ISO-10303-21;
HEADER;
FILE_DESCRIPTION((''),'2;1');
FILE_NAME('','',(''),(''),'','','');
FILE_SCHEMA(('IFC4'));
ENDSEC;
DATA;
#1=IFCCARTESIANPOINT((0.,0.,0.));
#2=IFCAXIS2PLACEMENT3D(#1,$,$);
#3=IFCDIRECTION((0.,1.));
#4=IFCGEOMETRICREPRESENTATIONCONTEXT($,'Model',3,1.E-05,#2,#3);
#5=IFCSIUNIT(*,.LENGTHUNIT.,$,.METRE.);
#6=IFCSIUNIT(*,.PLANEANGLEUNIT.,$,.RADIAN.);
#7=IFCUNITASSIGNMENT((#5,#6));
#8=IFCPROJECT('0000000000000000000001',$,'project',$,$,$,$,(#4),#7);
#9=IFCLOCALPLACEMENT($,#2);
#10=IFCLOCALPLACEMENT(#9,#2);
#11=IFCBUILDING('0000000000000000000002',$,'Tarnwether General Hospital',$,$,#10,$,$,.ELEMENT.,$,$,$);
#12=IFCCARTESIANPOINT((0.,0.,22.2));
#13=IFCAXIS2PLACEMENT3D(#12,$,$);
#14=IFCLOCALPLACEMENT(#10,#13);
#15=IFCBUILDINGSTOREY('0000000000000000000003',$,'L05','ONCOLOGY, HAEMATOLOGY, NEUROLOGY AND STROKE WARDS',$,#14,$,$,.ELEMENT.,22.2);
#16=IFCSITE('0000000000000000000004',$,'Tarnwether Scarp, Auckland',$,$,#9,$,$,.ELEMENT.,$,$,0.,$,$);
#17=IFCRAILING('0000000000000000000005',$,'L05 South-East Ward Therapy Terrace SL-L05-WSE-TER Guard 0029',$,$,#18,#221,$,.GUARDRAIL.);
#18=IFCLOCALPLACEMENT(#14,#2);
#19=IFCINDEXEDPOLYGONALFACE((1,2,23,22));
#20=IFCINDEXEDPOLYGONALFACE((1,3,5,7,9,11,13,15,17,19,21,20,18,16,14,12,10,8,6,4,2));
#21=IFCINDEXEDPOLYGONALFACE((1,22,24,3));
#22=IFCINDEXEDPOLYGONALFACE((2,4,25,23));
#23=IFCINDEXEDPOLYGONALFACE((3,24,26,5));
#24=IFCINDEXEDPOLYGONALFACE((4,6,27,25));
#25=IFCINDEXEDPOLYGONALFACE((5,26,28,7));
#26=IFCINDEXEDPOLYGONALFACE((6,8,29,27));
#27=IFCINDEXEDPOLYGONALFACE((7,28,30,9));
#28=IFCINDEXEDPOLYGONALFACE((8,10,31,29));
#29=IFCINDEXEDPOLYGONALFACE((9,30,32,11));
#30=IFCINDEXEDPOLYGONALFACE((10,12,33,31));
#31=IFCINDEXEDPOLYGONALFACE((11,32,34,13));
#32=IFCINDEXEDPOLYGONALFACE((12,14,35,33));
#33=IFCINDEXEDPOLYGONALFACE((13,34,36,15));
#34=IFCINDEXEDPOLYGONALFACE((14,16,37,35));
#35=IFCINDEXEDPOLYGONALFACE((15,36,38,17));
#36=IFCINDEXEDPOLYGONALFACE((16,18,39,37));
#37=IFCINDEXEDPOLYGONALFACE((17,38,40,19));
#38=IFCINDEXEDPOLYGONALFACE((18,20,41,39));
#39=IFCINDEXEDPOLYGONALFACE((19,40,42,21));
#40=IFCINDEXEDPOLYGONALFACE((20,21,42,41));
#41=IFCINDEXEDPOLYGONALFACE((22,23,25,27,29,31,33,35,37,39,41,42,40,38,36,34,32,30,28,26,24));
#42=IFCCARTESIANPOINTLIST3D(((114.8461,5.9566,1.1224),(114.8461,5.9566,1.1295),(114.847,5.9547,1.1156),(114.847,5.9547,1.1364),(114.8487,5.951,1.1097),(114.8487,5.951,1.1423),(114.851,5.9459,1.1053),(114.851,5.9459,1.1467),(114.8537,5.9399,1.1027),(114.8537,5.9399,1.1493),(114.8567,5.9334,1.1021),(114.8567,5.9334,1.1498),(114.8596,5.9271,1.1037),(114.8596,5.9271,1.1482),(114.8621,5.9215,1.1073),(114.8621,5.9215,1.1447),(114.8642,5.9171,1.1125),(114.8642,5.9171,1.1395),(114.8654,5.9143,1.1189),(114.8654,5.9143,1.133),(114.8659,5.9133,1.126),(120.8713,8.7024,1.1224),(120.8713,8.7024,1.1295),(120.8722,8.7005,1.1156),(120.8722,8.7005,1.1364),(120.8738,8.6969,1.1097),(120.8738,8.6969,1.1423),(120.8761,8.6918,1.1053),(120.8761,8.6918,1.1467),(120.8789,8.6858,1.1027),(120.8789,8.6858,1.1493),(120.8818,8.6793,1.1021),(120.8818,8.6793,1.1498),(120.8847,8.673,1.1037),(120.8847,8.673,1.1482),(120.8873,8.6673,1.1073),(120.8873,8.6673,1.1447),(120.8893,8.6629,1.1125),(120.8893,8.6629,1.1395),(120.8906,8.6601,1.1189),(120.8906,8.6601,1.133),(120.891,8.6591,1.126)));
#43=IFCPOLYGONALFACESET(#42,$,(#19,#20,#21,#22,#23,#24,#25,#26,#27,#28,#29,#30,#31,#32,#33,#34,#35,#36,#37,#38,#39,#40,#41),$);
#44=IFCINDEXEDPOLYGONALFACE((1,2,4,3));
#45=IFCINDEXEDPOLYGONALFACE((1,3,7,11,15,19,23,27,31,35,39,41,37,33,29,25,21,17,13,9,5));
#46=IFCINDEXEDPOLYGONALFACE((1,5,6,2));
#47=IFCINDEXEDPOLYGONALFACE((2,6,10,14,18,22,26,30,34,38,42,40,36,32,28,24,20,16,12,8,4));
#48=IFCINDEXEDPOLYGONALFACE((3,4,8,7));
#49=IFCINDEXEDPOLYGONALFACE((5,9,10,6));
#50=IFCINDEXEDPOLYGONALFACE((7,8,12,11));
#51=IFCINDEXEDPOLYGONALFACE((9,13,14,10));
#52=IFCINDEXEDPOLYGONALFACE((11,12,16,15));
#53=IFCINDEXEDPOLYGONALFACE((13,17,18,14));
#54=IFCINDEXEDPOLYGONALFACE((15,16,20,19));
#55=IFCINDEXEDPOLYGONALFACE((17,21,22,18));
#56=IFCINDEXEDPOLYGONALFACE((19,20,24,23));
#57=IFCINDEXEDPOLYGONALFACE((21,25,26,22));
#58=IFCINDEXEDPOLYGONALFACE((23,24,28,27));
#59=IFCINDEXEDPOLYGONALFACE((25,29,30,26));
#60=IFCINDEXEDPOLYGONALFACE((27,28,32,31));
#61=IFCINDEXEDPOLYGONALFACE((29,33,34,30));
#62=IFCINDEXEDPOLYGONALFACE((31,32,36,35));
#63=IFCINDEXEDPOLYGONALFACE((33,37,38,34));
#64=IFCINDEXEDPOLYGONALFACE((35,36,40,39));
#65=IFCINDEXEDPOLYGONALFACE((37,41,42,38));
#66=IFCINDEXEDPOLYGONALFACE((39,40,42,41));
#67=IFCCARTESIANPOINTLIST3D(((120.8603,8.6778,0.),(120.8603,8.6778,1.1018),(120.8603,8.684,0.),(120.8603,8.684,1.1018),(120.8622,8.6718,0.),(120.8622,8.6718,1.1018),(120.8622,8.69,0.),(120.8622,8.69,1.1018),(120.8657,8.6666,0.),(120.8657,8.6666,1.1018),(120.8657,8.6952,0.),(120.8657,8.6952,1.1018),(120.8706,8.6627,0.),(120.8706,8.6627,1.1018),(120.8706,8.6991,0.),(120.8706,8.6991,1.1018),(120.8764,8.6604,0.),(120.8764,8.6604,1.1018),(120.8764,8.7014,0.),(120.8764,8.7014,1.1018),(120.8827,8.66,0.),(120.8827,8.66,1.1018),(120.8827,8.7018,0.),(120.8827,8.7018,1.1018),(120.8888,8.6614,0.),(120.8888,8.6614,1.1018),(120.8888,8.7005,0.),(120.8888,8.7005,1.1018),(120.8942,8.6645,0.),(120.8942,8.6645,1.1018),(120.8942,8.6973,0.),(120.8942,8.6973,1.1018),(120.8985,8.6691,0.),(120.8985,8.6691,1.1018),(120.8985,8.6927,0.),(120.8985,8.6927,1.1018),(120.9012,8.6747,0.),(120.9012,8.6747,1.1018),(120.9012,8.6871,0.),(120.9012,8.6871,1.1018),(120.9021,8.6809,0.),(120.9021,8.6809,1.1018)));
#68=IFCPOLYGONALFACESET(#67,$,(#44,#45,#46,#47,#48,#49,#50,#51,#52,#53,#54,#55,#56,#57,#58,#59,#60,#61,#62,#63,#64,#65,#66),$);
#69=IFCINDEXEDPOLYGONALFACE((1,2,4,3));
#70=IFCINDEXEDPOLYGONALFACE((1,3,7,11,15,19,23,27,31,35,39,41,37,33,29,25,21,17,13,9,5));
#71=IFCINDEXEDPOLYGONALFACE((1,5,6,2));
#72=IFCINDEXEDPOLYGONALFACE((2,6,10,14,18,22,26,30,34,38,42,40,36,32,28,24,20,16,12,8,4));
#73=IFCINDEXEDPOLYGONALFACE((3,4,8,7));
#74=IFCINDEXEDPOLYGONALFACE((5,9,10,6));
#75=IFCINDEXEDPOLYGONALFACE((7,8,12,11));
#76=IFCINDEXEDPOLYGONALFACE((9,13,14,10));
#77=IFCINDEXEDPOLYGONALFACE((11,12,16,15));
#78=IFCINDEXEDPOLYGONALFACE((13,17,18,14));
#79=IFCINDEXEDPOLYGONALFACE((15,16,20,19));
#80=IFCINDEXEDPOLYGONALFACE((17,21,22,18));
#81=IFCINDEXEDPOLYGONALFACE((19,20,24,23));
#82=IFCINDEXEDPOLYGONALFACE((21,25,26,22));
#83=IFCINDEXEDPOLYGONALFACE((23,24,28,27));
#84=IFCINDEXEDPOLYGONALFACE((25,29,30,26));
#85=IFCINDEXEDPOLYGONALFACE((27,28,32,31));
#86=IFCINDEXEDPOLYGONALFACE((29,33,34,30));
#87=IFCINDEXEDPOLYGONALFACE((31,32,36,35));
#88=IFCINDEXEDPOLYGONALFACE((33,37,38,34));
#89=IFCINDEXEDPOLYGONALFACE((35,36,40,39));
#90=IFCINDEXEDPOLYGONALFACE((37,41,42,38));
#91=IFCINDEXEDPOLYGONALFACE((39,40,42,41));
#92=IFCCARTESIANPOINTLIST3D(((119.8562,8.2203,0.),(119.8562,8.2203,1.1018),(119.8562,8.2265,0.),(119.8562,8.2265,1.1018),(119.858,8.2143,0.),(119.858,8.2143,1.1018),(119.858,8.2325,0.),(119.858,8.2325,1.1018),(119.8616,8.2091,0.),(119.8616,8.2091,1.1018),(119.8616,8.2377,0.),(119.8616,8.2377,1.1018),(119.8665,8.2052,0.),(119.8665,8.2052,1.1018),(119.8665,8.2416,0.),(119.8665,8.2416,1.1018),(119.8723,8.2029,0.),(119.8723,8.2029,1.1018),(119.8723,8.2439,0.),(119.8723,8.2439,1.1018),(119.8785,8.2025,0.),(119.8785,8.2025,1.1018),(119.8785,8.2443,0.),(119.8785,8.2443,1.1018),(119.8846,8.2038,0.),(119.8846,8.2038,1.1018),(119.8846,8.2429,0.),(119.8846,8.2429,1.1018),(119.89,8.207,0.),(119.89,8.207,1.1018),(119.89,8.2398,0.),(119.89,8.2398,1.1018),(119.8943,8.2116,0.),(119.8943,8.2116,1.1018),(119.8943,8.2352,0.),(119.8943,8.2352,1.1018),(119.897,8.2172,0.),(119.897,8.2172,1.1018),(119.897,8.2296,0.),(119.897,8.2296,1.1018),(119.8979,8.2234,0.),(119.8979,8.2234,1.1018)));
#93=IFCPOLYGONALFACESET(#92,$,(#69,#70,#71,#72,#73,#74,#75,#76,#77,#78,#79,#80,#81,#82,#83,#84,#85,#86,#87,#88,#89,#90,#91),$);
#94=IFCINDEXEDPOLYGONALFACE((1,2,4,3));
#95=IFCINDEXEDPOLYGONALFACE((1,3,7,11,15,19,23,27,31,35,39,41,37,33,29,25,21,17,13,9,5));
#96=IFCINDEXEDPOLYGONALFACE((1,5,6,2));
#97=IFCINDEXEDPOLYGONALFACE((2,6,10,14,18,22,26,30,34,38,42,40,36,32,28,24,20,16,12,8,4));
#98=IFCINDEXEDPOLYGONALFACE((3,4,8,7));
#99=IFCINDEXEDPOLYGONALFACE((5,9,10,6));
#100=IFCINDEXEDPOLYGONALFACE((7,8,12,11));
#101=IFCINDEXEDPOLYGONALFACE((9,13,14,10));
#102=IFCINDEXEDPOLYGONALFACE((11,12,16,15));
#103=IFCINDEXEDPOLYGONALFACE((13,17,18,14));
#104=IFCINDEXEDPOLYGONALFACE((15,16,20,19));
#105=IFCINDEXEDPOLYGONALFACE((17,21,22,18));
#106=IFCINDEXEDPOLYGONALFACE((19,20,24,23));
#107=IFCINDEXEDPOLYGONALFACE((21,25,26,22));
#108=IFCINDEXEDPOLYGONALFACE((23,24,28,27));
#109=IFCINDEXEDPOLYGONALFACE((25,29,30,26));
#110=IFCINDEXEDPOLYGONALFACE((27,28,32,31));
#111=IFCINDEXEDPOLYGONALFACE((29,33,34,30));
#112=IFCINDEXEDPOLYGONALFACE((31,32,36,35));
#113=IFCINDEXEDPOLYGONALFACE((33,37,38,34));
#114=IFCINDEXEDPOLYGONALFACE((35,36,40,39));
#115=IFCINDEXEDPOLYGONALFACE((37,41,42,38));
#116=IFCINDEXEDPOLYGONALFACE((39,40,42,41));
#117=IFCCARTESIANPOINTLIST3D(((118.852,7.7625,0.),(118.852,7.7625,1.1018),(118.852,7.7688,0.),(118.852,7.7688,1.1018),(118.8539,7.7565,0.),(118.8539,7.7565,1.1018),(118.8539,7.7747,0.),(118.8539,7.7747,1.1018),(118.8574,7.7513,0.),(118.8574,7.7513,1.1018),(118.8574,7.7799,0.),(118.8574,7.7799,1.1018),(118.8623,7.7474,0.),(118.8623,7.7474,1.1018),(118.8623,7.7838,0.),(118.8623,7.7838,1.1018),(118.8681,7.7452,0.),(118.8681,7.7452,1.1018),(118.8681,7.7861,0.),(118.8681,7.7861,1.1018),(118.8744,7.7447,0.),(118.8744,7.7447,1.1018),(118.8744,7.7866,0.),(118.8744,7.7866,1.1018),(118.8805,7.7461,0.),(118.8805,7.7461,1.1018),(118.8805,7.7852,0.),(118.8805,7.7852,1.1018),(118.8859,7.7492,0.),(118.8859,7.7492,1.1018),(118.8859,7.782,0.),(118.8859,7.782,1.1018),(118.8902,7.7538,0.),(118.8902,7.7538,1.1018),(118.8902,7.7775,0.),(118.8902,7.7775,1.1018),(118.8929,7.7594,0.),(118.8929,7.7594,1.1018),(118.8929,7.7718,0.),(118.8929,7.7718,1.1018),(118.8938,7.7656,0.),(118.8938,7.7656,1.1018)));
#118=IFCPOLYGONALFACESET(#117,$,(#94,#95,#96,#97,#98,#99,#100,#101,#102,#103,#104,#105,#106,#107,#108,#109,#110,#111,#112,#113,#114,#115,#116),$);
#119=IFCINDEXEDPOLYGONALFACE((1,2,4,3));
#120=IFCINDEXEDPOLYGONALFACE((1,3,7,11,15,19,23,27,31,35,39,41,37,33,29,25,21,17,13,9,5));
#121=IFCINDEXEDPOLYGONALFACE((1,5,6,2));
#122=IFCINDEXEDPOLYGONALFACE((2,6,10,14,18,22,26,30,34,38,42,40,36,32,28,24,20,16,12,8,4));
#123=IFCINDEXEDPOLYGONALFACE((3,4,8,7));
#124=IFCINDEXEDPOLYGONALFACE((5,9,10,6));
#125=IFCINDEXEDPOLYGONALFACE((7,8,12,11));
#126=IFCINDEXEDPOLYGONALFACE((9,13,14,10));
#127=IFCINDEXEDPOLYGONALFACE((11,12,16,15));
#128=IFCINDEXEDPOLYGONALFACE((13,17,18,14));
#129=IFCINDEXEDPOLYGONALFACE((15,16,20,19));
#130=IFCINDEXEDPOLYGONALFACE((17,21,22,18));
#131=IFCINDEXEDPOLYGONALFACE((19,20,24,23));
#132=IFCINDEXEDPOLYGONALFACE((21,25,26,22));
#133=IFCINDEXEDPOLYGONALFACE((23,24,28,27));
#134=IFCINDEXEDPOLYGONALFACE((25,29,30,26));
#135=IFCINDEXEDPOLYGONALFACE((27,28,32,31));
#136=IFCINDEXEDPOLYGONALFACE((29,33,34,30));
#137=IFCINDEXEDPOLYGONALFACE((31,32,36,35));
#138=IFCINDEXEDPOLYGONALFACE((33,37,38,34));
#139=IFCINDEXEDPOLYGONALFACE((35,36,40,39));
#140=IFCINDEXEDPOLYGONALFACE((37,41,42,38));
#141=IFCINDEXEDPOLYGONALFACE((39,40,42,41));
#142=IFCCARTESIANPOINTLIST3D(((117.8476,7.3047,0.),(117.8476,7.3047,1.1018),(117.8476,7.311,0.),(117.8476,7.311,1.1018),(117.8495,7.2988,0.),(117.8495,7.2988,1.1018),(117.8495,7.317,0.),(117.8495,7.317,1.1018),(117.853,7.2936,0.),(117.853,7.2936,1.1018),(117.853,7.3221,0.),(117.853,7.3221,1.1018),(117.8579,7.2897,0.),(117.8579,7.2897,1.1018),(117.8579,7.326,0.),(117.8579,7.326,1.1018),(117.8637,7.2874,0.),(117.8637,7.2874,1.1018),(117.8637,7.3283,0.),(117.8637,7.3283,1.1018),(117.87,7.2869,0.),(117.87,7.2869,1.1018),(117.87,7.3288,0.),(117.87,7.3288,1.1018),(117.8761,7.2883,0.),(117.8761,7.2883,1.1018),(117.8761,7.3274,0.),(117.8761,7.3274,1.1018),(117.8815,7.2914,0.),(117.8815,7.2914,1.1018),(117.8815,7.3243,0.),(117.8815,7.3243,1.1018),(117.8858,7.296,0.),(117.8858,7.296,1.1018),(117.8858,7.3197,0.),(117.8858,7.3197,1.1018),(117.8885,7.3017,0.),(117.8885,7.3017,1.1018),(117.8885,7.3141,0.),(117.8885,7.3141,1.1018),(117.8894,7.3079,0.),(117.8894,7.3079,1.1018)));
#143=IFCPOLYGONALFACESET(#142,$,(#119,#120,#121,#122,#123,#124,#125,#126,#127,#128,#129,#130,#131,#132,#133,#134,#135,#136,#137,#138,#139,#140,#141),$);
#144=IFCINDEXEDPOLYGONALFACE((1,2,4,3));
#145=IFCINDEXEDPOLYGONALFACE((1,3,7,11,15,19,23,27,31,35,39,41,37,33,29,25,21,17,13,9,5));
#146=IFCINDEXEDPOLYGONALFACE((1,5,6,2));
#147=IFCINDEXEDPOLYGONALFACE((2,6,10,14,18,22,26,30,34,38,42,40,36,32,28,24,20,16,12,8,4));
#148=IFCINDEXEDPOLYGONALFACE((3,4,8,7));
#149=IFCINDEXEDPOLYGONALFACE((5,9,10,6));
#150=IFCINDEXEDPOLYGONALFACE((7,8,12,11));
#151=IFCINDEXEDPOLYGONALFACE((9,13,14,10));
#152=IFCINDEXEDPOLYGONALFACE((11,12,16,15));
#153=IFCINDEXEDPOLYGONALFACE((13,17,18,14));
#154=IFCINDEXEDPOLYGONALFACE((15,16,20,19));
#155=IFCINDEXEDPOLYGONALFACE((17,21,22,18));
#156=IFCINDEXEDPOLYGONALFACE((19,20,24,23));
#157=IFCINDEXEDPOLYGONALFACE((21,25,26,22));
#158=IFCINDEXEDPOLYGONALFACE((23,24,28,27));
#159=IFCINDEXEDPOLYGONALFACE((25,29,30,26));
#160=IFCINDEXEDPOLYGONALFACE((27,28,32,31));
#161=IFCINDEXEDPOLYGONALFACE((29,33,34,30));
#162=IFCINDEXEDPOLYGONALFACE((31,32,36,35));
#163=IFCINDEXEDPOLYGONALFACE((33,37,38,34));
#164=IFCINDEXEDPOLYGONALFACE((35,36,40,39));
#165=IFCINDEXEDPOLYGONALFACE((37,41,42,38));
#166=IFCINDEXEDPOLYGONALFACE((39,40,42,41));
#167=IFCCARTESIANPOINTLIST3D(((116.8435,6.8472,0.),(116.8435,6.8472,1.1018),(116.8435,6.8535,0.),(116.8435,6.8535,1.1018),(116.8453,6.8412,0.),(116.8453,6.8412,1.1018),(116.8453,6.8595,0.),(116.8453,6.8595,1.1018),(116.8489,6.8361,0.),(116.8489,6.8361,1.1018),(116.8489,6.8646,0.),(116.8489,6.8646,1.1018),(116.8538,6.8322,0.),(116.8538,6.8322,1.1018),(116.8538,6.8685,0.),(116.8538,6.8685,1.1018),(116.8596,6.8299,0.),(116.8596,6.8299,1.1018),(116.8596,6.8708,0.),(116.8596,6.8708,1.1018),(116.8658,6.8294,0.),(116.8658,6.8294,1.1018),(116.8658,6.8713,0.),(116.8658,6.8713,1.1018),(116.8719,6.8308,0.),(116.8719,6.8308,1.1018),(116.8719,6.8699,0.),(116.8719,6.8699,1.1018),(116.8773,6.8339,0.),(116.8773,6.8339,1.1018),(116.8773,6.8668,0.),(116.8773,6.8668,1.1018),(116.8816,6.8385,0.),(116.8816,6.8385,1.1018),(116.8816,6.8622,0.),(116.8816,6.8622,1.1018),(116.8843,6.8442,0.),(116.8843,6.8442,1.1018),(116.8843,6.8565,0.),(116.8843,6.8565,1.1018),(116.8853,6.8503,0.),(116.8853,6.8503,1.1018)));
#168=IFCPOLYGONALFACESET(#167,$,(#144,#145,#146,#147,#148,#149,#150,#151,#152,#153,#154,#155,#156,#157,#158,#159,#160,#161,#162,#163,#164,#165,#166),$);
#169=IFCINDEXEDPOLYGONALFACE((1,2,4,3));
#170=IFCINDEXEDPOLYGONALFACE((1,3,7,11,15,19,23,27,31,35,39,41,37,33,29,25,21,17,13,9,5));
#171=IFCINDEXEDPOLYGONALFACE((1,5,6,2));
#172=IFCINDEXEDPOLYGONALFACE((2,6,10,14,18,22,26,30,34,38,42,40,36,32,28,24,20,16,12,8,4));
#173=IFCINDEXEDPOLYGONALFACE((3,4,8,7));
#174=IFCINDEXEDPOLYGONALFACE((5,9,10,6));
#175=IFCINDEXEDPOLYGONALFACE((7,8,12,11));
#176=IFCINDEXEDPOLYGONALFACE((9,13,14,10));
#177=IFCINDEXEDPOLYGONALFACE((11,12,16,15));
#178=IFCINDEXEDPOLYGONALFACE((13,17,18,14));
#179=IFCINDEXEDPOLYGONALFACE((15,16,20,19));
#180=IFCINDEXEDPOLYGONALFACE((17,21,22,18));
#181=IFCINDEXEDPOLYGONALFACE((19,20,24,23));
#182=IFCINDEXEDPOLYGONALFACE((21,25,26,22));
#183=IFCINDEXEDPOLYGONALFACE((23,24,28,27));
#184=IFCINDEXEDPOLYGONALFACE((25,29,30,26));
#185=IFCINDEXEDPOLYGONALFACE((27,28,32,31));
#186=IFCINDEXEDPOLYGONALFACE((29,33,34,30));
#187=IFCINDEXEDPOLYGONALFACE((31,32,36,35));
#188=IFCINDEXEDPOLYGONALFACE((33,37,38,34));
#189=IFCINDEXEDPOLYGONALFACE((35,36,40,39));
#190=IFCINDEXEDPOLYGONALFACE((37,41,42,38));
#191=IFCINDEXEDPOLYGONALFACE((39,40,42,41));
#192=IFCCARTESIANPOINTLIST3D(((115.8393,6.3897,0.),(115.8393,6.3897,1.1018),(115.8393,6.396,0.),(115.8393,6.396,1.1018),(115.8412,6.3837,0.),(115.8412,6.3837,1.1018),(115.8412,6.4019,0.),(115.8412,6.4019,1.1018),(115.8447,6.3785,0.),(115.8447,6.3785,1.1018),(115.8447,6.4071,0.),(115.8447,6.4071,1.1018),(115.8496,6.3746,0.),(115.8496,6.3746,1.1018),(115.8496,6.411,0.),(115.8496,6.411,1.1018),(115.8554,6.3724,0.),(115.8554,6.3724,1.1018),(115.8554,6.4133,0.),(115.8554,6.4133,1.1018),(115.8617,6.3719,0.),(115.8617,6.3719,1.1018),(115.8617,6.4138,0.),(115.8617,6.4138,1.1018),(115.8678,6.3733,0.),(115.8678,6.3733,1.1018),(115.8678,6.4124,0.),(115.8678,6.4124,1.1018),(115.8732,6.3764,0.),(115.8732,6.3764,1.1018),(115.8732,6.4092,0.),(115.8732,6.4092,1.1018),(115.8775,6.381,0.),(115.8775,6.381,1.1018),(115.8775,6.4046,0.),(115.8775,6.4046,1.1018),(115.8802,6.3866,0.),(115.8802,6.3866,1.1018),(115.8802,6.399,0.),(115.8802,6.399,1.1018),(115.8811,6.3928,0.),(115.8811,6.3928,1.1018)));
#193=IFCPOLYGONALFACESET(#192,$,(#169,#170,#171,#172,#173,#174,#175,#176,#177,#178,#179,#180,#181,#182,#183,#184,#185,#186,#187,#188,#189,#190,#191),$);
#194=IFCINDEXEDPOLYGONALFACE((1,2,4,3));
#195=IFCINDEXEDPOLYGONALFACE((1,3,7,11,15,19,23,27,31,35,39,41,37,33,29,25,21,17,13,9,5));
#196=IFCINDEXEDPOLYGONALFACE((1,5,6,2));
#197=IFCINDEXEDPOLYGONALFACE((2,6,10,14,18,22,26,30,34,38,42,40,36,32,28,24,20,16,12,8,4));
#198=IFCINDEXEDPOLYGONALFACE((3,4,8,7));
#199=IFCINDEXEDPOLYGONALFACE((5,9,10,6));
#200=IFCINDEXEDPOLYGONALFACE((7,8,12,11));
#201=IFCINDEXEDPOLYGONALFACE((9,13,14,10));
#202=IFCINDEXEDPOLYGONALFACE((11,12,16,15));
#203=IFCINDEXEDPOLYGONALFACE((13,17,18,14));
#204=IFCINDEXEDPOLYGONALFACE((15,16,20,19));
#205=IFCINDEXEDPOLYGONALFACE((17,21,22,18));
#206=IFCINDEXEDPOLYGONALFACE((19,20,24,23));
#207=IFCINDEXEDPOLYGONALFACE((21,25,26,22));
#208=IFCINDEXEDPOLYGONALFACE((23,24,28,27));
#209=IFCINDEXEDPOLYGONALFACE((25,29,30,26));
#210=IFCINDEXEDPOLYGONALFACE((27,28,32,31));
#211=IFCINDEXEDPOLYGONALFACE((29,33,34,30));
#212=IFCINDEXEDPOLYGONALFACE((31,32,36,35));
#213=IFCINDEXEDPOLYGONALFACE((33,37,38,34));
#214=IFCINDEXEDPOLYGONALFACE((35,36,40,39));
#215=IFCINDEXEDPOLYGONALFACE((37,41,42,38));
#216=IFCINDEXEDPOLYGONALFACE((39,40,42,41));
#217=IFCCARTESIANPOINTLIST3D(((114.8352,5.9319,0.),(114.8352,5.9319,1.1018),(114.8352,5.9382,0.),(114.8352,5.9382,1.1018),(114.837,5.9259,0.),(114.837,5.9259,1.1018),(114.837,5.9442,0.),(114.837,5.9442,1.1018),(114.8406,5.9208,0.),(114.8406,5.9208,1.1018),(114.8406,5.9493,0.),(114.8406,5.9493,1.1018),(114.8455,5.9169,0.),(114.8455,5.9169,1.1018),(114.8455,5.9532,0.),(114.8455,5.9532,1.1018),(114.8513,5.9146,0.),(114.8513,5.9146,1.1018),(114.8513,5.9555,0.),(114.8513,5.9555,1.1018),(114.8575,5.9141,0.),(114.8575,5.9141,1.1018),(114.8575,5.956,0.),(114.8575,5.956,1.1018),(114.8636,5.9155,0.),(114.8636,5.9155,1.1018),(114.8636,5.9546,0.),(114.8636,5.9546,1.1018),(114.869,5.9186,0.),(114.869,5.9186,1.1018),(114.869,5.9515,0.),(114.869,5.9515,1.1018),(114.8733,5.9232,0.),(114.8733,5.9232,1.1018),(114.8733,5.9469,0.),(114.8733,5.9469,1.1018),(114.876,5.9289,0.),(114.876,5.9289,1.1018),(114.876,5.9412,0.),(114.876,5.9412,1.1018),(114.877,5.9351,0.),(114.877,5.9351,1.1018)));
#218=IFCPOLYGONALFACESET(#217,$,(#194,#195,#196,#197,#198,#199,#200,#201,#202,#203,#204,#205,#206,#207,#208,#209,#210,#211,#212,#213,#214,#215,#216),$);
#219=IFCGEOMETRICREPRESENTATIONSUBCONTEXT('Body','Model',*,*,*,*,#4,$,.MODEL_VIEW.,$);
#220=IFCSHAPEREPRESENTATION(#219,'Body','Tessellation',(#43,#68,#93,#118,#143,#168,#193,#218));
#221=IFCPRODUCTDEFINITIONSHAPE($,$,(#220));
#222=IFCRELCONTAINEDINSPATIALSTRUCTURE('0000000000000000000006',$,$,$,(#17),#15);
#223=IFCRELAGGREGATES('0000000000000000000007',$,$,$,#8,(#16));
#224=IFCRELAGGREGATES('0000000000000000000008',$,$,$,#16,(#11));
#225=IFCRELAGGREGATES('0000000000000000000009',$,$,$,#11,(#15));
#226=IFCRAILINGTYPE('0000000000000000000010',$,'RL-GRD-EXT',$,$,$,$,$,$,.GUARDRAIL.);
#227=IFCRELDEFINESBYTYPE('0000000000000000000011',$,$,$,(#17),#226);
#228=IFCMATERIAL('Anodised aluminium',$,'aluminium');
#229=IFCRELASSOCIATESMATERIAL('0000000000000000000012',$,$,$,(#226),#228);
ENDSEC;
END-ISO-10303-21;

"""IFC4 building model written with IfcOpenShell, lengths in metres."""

from ifc_helpers import new_model, si_unit, direction, frame, origin, origin_2d, place, context, subcontext, project, spatial, circle, extrude, material, type_object, element, save


model = new_model("IFC4")

# Units and contexts
model_context = context("Model", 3, precision=1e-05, world=origin(), true_north=direction((0.0, 1.0)))
body_context = subcontext(model_context, "Body", "Model", "MODEL_VIEW")
ifc_project = project(units=[si_unit("LENGTHUNIT", "METRE"), si_unit("PLANEANGLEUNIT", "RADIAN")], contexts=[model_context])

# Site, building, storey
site_placement = place(None, origin())
site = spatial("IfcSite", under=ifc_project, at=site_placement, Name="Tarnwether Scarp, Auckland", CompositionType="ELEMENT", RefElevation=0.0)
building_placement = place(site_placement, origin())
building = spatial("IfcBuilding", under=site, at=building_placement, Name="Tarnwether General Hospital", CompositionType="ELEMENT")
storey_placement = place(building_placement, frame((0.0, 0.0, 22.2)))
storey = spatial("IfcBuildingStorey", under=building, at=storey_placement, Name="L05", Description="ONCOLOGY, HAEMATOLOGY, NEUROLOGY AND STROKE WARDS", CompositionType="ELEMENT", Elevation=22.2)

# Railing
ifc_material_1 = material(Name="Anodised aluminium", Category="aluminium")
railing_type = type_object("IfcRailingType", Name="RL-GRD-EXT", PredefinedType="GUARDRAIL", material=ifc_material_1)
railing_1_placement = place(storey_placement, frame((120.8811, 8.6809, 0.0)))
element("IfcRailing", 1, at=railing_1_placement, inside=storey, type_object=railing_type, Name="L05 South-East Ward Therapy Terrace SL-L05-WSE-TER Guard 0029", PredefinedType="GUARDRAIL", context=body_context, shape_type="SweptSolid", body=[
    extrude(circle(Radius=0.0239, at=origin_2d()), frame((0.0, 0.0, 1.126), z_axis=(-0.909959, -0.414697, 0.0), x_axis=(0.414697, -0.909959, 0.0)), (0.0, 0.0, 1.0), 6.6213),
    extrude(circle(Radius=0.021, at=origin_2d()), origin(), (0.0, 0.0, 1.0), 1.1018),
    extrude(circle(Radius=0.021, at=origin_2d()), frame((-1.0042, -0.4575, 0.0)), (0.0, 0.0, 1.0), 1.1018),
    extrude(circle(Radius=0.021, at=origin_2d()), frame((-2.0083, -0.9153, 0.0)), (0.0, 0.0, 1.0), 1.1018),
    extrude(circle(Radius=0.021, at=origin_2d()), frame((-3.0127, -1.373, 0.0)), (0.0, 0.0, 1.0), 1.1018),
    extrude(circle(Radius=0.021, at=origin_2d()), frame((-4.0168, -1.8306, 0.0)), (0.0, 0.0, 1.0), 1.1018),
    extrude(circle(Radius=0.021, at=origin_2d()), frame((-5.021, -2.2881, 0.0)), (0.0, 0.0, 1.0), 1.1018),
    extrude(circle(Radius=0.021, at=origin_2d()), frame((-6.0251, -2.7458, 0.0)), (0.0, 0.0, 1.0), 1.1018),
])

save(model, "model.ifc")
